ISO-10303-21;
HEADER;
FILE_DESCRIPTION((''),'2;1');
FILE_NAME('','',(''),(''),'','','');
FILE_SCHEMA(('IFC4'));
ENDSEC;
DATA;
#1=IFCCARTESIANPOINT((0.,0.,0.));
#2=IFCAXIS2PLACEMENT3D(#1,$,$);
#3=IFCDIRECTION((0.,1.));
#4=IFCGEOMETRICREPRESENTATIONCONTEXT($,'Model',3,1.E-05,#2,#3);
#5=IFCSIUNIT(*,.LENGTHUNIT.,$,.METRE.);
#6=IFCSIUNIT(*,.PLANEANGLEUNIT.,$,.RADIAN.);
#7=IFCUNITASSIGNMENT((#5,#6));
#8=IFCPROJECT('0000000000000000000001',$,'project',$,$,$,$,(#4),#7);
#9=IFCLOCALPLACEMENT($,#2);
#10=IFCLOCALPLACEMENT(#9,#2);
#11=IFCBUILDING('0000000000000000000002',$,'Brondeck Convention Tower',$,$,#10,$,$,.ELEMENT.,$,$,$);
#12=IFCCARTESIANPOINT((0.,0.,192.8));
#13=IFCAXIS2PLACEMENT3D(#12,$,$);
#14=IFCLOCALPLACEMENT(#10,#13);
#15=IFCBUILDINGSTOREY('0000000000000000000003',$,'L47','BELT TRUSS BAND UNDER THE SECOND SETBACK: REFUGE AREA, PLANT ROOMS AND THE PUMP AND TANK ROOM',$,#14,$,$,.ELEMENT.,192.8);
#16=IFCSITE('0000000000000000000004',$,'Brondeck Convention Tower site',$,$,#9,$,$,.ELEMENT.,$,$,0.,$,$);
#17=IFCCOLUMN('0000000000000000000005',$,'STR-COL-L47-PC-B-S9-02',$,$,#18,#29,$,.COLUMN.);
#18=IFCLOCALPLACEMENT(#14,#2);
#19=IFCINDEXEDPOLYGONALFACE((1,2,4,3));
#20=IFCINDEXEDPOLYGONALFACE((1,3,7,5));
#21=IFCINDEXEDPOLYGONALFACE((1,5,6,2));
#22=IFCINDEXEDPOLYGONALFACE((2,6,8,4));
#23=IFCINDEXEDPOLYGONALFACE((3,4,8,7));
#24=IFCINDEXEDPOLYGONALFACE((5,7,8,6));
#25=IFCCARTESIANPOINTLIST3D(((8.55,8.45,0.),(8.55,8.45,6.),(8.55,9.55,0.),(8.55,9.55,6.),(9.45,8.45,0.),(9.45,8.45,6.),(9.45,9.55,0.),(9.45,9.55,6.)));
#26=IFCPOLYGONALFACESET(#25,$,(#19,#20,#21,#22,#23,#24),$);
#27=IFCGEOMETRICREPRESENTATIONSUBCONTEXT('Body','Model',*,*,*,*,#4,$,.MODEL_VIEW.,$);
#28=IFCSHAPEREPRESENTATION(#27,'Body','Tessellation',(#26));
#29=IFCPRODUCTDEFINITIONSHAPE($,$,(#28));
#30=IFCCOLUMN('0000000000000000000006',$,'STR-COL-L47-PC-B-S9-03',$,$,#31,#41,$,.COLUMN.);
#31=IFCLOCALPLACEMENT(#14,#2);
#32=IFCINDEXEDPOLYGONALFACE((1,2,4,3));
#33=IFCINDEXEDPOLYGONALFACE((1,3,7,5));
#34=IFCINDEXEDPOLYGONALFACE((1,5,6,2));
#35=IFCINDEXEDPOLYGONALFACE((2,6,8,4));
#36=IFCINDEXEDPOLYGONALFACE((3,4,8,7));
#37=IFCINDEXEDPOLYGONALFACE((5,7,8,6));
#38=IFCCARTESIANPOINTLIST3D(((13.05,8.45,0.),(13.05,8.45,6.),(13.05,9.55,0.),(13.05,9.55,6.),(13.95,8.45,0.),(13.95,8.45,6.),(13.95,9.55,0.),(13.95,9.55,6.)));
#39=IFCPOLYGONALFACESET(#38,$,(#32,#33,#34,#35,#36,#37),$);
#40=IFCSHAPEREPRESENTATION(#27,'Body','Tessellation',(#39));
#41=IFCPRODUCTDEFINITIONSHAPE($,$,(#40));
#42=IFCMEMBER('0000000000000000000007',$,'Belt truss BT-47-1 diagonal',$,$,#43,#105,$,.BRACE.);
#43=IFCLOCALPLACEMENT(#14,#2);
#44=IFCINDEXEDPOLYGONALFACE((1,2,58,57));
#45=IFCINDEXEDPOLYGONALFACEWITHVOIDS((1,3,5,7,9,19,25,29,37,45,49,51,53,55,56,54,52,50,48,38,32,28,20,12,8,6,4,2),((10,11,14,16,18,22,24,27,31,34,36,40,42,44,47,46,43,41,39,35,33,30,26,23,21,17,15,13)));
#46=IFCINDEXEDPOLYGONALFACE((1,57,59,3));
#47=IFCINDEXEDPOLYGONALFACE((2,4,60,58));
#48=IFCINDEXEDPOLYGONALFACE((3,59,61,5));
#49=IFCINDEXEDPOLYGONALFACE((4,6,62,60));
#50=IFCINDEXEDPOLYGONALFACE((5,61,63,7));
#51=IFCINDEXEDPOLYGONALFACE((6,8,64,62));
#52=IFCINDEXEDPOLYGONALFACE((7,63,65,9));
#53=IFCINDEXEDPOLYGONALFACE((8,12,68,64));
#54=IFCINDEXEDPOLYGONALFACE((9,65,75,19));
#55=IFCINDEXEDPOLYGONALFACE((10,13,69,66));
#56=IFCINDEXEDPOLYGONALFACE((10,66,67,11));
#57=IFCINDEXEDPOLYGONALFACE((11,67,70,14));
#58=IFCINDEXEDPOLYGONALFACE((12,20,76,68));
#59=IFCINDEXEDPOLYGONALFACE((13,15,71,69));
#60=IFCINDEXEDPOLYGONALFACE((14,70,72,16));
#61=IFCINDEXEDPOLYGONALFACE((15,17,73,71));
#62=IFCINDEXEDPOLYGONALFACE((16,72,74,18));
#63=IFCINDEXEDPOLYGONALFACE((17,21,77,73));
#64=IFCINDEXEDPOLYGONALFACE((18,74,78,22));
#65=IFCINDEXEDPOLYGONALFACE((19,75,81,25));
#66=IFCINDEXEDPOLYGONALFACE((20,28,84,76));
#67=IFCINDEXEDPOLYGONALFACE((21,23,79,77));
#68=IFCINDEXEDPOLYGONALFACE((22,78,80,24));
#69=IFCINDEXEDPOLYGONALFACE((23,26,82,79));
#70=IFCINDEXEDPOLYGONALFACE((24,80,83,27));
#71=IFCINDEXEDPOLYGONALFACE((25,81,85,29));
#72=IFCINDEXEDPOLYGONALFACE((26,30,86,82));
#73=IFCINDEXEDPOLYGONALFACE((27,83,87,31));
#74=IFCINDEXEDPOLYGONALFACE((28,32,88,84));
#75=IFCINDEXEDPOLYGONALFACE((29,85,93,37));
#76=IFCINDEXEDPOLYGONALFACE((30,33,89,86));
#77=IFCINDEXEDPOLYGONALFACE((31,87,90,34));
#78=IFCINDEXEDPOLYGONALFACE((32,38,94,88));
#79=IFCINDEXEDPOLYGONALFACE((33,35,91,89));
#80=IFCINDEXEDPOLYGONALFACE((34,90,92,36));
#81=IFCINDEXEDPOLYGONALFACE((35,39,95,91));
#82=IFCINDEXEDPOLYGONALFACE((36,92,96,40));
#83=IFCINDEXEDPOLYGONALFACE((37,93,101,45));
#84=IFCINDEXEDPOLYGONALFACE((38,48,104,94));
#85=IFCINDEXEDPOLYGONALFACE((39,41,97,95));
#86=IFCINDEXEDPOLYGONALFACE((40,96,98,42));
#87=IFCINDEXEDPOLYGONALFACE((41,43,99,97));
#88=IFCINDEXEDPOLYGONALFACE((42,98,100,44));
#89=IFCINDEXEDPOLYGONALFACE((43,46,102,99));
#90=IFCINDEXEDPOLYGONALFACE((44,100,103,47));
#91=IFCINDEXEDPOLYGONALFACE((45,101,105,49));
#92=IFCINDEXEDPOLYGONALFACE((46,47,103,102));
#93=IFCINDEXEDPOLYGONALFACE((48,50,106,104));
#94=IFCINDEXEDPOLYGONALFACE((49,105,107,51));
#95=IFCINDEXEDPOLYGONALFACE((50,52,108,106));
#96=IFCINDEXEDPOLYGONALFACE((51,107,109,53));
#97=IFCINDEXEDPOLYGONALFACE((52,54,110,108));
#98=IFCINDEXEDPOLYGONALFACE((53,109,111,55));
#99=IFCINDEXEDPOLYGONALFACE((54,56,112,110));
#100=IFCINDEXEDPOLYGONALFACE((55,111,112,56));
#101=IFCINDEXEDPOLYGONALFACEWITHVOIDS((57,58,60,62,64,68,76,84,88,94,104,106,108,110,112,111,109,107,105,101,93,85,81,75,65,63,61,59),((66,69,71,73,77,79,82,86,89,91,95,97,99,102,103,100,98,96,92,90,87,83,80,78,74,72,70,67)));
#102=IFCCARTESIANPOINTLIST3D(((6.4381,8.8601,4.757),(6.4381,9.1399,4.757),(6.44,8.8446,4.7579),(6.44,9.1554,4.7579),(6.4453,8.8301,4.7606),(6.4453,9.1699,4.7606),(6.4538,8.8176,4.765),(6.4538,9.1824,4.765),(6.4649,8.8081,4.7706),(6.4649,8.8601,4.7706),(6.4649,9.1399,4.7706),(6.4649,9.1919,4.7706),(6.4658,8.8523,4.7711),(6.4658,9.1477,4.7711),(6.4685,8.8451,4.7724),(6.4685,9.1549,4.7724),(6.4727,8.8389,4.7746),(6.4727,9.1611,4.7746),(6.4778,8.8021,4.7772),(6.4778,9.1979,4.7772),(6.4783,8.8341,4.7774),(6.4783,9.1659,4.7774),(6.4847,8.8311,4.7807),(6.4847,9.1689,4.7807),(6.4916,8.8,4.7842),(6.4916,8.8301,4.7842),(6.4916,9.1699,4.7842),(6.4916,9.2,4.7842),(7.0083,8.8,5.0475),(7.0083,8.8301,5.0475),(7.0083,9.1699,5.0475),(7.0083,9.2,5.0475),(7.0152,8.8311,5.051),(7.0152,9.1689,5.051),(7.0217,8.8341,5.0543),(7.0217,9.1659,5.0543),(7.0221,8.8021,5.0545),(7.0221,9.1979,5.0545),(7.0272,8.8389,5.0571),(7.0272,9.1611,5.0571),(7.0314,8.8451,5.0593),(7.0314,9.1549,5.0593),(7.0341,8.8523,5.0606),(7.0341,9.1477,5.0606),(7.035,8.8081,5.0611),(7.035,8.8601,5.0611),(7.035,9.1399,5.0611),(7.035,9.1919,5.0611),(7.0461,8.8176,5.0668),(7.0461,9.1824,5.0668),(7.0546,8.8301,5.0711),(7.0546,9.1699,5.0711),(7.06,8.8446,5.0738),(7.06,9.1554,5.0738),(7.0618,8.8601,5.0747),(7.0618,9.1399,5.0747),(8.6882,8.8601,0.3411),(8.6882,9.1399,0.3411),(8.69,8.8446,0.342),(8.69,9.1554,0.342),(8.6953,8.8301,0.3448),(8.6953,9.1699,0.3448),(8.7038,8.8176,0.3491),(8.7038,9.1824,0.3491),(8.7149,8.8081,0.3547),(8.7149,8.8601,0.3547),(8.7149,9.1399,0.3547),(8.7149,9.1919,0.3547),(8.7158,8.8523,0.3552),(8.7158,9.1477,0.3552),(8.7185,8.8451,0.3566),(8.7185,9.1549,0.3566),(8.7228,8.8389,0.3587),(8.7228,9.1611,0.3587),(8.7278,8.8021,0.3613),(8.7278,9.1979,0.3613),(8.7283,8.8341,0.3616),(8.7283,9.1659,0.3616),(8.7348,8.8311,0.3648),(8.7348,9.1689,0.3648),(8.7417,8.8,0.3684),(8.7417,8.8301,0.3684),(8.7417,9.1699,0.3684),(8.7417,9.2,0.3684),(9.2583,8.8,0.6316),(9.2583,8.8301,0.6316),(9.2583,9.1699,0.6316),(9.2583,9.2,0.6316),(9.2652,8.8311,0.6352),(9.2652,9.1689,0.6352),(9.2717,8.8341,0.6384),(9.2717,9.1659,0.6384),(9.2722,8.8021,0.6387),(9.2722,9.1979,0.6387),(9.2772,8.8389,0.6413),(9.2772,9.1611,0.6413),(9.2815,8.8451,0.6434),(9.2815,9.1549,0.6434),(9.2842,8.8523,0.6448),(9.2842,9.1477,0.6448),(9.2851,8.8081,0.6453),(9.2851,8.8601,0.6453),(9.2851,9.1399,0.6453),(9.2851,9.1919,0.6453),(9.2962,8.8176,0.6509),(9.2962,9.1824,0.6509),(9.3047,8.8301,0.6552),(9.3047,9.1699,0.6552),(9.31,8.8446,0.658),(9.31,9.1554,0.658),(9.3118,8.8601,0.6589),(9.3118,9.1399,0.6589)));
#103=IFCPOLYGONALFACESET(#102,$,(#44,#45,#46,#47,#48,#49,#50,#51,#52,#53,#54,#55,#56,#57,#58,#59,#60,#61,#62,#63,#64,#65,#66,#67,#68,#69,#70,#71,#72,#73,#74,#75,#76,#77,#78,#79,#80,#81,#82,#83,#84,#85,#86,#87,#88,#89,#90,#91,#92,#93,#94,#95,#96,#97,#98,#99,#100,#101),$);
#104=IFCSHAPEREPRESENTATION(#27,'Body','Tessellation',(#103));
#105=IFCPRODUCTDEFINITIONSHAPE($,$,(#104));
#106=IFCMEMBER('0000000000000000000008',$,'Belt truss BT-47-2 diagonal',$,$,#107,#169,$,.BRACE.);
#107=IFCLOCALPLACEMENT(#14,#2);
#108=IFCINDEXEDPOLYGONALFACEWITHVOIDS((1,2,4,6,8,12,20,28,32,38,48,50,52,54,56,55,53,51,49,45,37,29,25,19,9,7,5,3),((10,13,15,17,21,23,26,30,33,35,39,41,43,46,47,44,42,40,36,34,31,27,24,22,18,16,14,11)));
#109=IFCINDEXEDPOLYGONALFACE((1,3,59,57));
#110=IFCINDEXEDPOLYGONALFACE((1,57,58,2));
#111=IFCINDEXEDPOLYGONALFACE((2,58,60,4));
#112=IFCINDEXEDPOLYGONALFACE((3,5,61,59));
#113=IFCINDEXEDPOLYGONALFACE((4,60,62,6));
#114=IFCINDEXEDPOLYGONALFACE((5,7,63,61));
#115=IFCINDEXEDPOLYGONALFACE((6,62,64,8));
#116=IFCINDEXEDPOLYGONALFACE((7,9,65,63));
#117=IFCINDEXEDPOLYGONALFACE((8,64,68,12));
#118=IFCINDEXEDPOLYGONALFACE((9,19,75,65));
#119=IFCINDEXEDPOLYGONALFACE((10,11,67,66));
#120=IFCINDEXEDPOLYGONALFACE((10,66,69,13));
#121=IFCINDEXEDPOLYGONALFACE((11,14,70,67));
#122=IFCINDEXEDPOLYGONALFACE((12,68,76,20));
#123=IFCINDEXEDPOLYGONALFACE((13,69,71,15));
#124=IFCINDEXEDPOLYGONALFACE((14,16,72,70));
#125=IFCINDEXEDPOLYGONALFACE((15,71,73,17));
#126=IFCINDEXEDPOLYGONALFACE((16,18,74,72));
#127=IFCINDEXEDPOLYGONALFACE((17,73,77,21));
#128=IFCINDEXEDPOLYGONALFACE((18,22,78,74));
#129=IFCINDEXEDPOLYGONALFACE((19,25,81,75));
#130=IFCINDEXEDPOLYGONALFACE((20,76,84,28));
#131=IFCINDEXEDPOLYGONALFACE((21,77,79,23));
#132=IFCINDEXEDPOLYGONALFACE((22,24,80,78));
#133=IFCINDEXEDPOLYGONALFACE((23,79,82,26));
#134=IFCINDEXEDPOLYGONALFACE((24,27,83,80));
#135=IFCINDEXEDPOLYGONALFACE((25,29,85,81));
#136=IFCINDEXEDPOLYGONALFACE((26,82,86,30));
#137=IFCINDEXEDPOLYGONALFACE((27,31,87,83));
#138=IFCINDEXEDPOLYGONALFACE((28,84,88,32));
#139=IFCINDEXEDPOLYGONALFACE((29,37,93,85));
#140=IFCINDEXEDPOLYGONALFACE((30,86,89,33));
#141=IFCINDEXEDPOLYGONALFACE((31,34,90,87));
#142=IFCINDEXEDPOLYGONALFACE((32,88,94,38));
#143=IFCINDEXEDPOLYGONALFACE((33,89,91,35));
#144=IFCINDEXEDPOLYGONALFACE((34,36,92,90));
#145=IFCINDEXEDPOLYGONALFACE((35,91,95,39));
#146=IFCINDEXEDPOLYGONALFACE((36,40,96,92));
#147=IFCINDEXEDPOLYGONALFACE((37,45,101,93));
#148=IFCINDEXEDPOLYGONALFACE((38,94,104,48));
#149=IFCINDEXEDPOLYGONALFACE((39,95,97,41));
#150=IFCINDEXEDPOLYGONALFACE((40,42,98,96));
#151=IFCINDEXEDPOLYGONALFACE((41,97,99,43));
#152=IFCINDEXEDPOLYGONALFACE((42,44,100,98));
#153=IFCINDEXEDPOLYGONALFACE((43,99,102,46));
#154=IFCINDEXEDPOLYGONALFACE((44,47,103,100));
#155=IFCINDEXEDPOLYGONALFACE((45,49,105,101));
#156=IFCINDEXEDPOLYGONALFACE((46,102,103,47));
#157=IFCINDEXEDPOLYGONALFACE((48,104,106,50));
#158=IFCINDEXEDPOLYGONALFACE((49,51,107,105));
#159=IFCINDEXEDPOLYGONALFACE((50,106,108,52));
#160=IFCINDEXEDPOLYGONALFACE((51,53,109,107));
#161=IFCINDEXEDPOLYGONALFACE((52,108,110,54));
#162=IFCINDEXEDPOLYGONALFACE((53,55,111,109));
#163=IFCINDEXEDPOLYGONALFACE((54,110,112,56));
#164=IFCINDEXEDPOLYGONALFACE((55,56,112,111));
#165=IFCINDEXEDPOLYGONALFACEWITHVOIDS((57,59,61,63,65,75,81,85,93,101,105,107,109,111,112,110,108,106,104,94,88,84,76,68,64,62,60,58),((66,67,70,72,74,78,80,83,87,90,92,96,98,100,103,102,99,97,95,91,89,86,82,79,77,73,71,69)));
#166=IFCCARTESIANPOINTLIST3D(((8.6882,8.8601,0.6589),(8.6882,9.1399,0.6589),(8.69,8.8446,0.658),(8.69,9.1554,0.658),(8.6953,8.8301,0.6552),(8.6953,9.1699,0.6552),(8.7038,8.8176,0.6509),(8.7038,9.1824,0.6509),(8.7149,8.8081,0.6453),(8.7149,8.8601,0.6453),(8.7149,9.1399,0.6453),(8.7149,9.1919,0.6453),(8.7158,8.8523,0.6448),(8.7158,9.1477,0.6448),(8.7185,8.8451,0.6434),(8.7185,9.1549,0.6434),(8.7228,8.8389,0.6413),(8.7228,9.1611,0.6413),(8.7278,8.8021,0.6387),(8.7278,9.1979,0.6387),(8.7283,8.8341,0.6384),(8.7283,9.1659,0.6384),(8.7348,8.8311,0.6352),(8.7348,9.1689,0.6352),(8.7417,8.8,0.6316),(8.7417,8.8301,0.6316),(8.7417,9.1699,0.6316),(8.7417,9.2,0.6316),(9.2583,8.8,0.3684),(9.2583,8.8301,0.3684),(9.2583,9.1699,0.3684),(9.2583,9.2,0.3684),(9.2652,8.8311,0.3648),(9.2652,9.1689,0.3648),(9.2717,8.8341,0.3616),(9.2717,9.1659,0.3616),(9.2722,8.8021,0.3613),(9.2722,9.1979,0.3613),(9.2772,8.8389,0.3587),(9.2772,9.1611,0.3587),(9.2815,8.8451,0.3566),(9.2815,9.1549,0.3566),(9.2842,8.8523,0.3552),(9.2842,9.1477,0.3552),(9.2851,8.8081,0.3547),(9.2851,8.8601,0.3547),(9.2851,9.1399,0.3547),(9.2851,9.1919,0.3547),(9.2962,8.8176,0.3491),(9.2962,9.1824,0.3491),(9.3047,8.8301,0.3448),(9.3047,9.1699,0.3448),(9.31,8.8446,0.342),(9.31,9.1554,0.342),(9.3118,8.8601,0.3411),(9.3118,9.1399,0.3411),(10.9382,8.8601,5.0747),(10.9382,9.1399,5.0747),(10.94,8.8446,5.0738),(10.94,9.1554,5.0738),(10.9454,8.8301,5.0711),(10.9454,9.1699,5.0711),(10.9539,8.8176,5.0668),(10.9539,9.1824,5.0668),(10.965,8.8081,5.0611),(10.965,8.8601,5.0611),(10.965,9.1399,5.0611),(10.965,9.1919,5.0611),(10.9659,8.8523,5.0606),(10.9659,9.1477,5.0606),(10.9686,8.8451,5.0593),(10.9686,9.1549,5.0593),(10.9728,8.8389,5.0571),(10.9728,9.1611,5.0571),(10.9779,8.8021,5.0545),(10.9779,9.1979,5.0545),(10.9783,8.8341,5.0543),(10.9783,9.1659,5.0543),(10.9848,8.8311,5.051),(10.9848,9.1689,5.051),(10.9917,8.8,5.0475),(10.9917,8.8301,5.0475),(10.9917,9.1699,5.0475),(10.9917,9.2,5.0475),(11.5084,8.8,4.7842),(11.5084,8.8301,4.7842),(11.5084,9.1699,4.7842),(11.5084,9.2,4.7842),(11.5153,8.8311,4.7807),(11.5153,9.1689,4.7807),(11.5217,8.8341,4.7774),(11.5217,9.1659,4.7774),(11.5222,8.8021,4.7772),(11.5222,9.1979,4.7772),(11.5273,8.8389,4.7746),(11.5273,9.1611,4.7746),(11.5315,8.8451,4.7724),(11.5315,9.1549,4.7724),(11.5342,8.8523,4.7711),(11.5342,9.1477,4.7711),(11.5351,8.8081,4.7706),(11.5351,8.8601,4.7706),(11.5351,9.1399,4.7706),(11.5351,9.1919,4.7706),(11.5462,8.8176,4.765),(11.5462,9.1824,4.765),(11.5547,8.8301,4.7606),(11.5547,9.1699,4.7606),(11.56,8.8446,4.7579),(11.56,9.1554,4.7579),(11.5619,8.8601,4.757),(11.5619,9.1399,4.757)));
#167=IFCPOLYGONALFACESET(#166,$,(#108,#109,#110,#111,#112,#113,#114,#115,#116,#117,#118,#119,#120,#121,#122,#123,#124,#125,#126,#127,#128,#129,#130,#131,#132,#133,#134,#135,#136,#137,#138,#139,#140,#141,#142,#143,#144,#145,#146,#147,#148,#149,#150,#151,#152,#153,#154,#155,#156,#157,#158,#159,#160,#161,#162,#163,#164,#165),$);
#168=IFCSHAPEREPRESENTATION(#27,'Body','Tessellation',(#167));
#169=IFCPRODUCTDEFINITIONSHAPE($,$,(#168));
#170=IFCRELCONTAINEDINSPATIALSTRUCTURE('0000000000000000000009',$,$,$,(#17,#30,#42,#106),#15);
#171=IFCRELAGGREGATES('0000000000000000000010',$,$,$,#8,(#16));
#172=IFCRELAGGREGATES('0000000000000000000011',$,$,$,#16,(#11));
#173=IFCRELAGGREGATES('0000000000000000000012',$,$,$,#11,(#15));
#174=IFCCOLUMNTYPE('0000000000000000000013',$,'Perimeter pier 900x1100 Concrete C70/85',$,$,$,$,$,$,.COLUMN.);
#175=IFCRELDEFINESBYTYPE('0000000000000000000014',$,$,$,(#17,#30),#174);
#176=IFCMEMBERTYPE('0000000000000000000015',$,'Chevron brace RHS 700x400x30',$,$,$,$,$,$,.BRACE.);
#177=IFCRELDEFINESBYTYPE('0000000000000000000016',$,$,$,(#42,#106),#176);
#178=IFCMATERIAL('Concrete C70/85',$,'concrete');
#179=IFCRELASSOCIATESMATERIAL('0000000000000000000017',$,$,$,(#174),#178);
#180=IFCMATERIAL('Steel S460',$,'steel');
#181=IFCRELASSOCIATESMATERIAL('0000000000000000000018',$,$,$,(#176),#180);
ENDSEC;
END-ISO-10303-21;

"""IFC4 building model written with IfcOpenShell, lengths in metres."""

from ifc_helpers import new_model, si_unit, direction, frame, origin, origin_2d, place, context, subcontext, project, spatial, rectangle, hollow_rectangle, extrude, material, material_profile, profile_set, type_object, element, save


model = new_model("IFC4")

# Units and contexts
model_context = context("Model", 3, precision=1e-05, world=origin(), true_north=direction((0.0, 1.0)))
body_context = subcontext(model_context, "Body", "Model", "MODEL_VIEW")
ifc_project = project(units=[si_unit("LENGTHUNIT", "METRE"), si_unit("PLANEANGLEUNIT", "RADIAN")], contexts=[model_context])

# Site, building, storey
site_placement = place(None, origin())
site = spatial("IfcSite", under=ifc_project, at=site_placement, Name="Brondeck Convention Tower site", CompositionType="ELEMENT", RefElevation=0.0)
building_placement = place(site_placement, origin())
building = spatial("IfcBuilding", under=site, at=building_placement, Name="Brondeck Convention Tower", CompositionType="ELEMENT")
storey_placement = place(building_placement, frame((0.0, 0.0, 192.8)))
storey = spatial("IfcBuildingStorey", under=building, at=storey_placement, Name="L47", Description="BELT TRUSS BAND UNDER THE SECOND SETBACK: REFUGE AREA, PLANT ROOMS AND THE PUMP AND TANK ROOM", CompositionType="ELEMENT", Elevation=192.8)

# Columns
ifc_material_1 = material(Name="Concrete C70/85", Category="concrete")
ifc_material_profile_1 = material_profile(ifc_material_1, rectangle(XDim=0.8999, YDim=1.1001, at=origin_2d()), Name="Perimeter pier 900x1100 Concrete C70/85")
ifc_profile_set_1 = profile_set([ifc_material_profile_1], Name="Concrete C70/85")
column_type = type_object("IfcColumnType", Name="Perimeter pier 900x1100 Concrete C70/85", PredefinedType="COLUMN", material=ifc_profile_set_1)
for number, where, z_axis, x_axis, name in (
    (1, (9.0, 9.0, 0.0), (0.0, 0.0, 1.0), (1.0, 0.0, 0.0), "STR-COL-L47-PC-B-S9-02"),
    (2, (13.5, 9.0, 0.0), (0.0, 0.0, 1.0), (1.0, 0.0, 0.0), "STR-COL-L47-PC-B-S9-03"),
):
    element("IfcColumn", number, at=place(storey_placement, frame(where, z_axis=z_axis, x_axis=x_axis)), inside=storey, type_object=column_type, Name=name, PredefinedType="COLUMN", context=body_context, shape_type="SweptSolid", body=[
        extrude(rectangle(XDim=0.8999, YDim=1.1001, at=origin_2d()), origin(), (0.0, 0.0, 1.0), 6.0),
    ])

# Members
ifc_material_2 = material(Name="Steel S460", Category="steel")
ifc_material_profile_2 = material_profile(ifc_material_2, hollow_rectangle(XDim=0.3999, YDim=0.7, WallThickness=0.03, InnerFilletRadius=0.03, OuterFilletRadius=0.0601, at=origin_2d()), Name="RHS 700x400x30")
ifc_profile_set_2 = profile_set([ifc_material_profile_2], Name="Steel S460")
member_type_1 = type_object("IfcMemberType", Name="Chevron brace RHS 700x400x30", PredefinedType="BRACE", material=ifc_profile_set_2)
for number, where, z_axis, x_axis, name in (
    (3, (9.0, 9.0, 0.5), (-0.453999, 0.0, 0.891002), (0.0, -1.0, 0.0), "Belt truss BT-47-1 diagonal"),
    (4, (9.0, 9.0, 0.5), (0.453999, 0.0, 0.891002), (0.0, 1.0, 0.0), "Belt truss BT-47-2 diagonal"),
):
    element("IfcMember", number, at=place(storey_placement, frame(where, z_axis=z_axis, x_axis=x_axis)), inside=storey, type_object=member_type_1, Name=name, PredefinedType="BRACE", context=body_context, shape_type="SweptSolid", body=[
        extrude(hollow_rectangle(XDim=0.3999, YDim=0.7, WallThickness=0.03, InnerFilletRadius=0.03, OuterFilletRadius=0.0601, at=origin_2d()), origin(), (0.0, 0.0, 1.0), 4.9561),
    ])

save(model, "model.ifc")
